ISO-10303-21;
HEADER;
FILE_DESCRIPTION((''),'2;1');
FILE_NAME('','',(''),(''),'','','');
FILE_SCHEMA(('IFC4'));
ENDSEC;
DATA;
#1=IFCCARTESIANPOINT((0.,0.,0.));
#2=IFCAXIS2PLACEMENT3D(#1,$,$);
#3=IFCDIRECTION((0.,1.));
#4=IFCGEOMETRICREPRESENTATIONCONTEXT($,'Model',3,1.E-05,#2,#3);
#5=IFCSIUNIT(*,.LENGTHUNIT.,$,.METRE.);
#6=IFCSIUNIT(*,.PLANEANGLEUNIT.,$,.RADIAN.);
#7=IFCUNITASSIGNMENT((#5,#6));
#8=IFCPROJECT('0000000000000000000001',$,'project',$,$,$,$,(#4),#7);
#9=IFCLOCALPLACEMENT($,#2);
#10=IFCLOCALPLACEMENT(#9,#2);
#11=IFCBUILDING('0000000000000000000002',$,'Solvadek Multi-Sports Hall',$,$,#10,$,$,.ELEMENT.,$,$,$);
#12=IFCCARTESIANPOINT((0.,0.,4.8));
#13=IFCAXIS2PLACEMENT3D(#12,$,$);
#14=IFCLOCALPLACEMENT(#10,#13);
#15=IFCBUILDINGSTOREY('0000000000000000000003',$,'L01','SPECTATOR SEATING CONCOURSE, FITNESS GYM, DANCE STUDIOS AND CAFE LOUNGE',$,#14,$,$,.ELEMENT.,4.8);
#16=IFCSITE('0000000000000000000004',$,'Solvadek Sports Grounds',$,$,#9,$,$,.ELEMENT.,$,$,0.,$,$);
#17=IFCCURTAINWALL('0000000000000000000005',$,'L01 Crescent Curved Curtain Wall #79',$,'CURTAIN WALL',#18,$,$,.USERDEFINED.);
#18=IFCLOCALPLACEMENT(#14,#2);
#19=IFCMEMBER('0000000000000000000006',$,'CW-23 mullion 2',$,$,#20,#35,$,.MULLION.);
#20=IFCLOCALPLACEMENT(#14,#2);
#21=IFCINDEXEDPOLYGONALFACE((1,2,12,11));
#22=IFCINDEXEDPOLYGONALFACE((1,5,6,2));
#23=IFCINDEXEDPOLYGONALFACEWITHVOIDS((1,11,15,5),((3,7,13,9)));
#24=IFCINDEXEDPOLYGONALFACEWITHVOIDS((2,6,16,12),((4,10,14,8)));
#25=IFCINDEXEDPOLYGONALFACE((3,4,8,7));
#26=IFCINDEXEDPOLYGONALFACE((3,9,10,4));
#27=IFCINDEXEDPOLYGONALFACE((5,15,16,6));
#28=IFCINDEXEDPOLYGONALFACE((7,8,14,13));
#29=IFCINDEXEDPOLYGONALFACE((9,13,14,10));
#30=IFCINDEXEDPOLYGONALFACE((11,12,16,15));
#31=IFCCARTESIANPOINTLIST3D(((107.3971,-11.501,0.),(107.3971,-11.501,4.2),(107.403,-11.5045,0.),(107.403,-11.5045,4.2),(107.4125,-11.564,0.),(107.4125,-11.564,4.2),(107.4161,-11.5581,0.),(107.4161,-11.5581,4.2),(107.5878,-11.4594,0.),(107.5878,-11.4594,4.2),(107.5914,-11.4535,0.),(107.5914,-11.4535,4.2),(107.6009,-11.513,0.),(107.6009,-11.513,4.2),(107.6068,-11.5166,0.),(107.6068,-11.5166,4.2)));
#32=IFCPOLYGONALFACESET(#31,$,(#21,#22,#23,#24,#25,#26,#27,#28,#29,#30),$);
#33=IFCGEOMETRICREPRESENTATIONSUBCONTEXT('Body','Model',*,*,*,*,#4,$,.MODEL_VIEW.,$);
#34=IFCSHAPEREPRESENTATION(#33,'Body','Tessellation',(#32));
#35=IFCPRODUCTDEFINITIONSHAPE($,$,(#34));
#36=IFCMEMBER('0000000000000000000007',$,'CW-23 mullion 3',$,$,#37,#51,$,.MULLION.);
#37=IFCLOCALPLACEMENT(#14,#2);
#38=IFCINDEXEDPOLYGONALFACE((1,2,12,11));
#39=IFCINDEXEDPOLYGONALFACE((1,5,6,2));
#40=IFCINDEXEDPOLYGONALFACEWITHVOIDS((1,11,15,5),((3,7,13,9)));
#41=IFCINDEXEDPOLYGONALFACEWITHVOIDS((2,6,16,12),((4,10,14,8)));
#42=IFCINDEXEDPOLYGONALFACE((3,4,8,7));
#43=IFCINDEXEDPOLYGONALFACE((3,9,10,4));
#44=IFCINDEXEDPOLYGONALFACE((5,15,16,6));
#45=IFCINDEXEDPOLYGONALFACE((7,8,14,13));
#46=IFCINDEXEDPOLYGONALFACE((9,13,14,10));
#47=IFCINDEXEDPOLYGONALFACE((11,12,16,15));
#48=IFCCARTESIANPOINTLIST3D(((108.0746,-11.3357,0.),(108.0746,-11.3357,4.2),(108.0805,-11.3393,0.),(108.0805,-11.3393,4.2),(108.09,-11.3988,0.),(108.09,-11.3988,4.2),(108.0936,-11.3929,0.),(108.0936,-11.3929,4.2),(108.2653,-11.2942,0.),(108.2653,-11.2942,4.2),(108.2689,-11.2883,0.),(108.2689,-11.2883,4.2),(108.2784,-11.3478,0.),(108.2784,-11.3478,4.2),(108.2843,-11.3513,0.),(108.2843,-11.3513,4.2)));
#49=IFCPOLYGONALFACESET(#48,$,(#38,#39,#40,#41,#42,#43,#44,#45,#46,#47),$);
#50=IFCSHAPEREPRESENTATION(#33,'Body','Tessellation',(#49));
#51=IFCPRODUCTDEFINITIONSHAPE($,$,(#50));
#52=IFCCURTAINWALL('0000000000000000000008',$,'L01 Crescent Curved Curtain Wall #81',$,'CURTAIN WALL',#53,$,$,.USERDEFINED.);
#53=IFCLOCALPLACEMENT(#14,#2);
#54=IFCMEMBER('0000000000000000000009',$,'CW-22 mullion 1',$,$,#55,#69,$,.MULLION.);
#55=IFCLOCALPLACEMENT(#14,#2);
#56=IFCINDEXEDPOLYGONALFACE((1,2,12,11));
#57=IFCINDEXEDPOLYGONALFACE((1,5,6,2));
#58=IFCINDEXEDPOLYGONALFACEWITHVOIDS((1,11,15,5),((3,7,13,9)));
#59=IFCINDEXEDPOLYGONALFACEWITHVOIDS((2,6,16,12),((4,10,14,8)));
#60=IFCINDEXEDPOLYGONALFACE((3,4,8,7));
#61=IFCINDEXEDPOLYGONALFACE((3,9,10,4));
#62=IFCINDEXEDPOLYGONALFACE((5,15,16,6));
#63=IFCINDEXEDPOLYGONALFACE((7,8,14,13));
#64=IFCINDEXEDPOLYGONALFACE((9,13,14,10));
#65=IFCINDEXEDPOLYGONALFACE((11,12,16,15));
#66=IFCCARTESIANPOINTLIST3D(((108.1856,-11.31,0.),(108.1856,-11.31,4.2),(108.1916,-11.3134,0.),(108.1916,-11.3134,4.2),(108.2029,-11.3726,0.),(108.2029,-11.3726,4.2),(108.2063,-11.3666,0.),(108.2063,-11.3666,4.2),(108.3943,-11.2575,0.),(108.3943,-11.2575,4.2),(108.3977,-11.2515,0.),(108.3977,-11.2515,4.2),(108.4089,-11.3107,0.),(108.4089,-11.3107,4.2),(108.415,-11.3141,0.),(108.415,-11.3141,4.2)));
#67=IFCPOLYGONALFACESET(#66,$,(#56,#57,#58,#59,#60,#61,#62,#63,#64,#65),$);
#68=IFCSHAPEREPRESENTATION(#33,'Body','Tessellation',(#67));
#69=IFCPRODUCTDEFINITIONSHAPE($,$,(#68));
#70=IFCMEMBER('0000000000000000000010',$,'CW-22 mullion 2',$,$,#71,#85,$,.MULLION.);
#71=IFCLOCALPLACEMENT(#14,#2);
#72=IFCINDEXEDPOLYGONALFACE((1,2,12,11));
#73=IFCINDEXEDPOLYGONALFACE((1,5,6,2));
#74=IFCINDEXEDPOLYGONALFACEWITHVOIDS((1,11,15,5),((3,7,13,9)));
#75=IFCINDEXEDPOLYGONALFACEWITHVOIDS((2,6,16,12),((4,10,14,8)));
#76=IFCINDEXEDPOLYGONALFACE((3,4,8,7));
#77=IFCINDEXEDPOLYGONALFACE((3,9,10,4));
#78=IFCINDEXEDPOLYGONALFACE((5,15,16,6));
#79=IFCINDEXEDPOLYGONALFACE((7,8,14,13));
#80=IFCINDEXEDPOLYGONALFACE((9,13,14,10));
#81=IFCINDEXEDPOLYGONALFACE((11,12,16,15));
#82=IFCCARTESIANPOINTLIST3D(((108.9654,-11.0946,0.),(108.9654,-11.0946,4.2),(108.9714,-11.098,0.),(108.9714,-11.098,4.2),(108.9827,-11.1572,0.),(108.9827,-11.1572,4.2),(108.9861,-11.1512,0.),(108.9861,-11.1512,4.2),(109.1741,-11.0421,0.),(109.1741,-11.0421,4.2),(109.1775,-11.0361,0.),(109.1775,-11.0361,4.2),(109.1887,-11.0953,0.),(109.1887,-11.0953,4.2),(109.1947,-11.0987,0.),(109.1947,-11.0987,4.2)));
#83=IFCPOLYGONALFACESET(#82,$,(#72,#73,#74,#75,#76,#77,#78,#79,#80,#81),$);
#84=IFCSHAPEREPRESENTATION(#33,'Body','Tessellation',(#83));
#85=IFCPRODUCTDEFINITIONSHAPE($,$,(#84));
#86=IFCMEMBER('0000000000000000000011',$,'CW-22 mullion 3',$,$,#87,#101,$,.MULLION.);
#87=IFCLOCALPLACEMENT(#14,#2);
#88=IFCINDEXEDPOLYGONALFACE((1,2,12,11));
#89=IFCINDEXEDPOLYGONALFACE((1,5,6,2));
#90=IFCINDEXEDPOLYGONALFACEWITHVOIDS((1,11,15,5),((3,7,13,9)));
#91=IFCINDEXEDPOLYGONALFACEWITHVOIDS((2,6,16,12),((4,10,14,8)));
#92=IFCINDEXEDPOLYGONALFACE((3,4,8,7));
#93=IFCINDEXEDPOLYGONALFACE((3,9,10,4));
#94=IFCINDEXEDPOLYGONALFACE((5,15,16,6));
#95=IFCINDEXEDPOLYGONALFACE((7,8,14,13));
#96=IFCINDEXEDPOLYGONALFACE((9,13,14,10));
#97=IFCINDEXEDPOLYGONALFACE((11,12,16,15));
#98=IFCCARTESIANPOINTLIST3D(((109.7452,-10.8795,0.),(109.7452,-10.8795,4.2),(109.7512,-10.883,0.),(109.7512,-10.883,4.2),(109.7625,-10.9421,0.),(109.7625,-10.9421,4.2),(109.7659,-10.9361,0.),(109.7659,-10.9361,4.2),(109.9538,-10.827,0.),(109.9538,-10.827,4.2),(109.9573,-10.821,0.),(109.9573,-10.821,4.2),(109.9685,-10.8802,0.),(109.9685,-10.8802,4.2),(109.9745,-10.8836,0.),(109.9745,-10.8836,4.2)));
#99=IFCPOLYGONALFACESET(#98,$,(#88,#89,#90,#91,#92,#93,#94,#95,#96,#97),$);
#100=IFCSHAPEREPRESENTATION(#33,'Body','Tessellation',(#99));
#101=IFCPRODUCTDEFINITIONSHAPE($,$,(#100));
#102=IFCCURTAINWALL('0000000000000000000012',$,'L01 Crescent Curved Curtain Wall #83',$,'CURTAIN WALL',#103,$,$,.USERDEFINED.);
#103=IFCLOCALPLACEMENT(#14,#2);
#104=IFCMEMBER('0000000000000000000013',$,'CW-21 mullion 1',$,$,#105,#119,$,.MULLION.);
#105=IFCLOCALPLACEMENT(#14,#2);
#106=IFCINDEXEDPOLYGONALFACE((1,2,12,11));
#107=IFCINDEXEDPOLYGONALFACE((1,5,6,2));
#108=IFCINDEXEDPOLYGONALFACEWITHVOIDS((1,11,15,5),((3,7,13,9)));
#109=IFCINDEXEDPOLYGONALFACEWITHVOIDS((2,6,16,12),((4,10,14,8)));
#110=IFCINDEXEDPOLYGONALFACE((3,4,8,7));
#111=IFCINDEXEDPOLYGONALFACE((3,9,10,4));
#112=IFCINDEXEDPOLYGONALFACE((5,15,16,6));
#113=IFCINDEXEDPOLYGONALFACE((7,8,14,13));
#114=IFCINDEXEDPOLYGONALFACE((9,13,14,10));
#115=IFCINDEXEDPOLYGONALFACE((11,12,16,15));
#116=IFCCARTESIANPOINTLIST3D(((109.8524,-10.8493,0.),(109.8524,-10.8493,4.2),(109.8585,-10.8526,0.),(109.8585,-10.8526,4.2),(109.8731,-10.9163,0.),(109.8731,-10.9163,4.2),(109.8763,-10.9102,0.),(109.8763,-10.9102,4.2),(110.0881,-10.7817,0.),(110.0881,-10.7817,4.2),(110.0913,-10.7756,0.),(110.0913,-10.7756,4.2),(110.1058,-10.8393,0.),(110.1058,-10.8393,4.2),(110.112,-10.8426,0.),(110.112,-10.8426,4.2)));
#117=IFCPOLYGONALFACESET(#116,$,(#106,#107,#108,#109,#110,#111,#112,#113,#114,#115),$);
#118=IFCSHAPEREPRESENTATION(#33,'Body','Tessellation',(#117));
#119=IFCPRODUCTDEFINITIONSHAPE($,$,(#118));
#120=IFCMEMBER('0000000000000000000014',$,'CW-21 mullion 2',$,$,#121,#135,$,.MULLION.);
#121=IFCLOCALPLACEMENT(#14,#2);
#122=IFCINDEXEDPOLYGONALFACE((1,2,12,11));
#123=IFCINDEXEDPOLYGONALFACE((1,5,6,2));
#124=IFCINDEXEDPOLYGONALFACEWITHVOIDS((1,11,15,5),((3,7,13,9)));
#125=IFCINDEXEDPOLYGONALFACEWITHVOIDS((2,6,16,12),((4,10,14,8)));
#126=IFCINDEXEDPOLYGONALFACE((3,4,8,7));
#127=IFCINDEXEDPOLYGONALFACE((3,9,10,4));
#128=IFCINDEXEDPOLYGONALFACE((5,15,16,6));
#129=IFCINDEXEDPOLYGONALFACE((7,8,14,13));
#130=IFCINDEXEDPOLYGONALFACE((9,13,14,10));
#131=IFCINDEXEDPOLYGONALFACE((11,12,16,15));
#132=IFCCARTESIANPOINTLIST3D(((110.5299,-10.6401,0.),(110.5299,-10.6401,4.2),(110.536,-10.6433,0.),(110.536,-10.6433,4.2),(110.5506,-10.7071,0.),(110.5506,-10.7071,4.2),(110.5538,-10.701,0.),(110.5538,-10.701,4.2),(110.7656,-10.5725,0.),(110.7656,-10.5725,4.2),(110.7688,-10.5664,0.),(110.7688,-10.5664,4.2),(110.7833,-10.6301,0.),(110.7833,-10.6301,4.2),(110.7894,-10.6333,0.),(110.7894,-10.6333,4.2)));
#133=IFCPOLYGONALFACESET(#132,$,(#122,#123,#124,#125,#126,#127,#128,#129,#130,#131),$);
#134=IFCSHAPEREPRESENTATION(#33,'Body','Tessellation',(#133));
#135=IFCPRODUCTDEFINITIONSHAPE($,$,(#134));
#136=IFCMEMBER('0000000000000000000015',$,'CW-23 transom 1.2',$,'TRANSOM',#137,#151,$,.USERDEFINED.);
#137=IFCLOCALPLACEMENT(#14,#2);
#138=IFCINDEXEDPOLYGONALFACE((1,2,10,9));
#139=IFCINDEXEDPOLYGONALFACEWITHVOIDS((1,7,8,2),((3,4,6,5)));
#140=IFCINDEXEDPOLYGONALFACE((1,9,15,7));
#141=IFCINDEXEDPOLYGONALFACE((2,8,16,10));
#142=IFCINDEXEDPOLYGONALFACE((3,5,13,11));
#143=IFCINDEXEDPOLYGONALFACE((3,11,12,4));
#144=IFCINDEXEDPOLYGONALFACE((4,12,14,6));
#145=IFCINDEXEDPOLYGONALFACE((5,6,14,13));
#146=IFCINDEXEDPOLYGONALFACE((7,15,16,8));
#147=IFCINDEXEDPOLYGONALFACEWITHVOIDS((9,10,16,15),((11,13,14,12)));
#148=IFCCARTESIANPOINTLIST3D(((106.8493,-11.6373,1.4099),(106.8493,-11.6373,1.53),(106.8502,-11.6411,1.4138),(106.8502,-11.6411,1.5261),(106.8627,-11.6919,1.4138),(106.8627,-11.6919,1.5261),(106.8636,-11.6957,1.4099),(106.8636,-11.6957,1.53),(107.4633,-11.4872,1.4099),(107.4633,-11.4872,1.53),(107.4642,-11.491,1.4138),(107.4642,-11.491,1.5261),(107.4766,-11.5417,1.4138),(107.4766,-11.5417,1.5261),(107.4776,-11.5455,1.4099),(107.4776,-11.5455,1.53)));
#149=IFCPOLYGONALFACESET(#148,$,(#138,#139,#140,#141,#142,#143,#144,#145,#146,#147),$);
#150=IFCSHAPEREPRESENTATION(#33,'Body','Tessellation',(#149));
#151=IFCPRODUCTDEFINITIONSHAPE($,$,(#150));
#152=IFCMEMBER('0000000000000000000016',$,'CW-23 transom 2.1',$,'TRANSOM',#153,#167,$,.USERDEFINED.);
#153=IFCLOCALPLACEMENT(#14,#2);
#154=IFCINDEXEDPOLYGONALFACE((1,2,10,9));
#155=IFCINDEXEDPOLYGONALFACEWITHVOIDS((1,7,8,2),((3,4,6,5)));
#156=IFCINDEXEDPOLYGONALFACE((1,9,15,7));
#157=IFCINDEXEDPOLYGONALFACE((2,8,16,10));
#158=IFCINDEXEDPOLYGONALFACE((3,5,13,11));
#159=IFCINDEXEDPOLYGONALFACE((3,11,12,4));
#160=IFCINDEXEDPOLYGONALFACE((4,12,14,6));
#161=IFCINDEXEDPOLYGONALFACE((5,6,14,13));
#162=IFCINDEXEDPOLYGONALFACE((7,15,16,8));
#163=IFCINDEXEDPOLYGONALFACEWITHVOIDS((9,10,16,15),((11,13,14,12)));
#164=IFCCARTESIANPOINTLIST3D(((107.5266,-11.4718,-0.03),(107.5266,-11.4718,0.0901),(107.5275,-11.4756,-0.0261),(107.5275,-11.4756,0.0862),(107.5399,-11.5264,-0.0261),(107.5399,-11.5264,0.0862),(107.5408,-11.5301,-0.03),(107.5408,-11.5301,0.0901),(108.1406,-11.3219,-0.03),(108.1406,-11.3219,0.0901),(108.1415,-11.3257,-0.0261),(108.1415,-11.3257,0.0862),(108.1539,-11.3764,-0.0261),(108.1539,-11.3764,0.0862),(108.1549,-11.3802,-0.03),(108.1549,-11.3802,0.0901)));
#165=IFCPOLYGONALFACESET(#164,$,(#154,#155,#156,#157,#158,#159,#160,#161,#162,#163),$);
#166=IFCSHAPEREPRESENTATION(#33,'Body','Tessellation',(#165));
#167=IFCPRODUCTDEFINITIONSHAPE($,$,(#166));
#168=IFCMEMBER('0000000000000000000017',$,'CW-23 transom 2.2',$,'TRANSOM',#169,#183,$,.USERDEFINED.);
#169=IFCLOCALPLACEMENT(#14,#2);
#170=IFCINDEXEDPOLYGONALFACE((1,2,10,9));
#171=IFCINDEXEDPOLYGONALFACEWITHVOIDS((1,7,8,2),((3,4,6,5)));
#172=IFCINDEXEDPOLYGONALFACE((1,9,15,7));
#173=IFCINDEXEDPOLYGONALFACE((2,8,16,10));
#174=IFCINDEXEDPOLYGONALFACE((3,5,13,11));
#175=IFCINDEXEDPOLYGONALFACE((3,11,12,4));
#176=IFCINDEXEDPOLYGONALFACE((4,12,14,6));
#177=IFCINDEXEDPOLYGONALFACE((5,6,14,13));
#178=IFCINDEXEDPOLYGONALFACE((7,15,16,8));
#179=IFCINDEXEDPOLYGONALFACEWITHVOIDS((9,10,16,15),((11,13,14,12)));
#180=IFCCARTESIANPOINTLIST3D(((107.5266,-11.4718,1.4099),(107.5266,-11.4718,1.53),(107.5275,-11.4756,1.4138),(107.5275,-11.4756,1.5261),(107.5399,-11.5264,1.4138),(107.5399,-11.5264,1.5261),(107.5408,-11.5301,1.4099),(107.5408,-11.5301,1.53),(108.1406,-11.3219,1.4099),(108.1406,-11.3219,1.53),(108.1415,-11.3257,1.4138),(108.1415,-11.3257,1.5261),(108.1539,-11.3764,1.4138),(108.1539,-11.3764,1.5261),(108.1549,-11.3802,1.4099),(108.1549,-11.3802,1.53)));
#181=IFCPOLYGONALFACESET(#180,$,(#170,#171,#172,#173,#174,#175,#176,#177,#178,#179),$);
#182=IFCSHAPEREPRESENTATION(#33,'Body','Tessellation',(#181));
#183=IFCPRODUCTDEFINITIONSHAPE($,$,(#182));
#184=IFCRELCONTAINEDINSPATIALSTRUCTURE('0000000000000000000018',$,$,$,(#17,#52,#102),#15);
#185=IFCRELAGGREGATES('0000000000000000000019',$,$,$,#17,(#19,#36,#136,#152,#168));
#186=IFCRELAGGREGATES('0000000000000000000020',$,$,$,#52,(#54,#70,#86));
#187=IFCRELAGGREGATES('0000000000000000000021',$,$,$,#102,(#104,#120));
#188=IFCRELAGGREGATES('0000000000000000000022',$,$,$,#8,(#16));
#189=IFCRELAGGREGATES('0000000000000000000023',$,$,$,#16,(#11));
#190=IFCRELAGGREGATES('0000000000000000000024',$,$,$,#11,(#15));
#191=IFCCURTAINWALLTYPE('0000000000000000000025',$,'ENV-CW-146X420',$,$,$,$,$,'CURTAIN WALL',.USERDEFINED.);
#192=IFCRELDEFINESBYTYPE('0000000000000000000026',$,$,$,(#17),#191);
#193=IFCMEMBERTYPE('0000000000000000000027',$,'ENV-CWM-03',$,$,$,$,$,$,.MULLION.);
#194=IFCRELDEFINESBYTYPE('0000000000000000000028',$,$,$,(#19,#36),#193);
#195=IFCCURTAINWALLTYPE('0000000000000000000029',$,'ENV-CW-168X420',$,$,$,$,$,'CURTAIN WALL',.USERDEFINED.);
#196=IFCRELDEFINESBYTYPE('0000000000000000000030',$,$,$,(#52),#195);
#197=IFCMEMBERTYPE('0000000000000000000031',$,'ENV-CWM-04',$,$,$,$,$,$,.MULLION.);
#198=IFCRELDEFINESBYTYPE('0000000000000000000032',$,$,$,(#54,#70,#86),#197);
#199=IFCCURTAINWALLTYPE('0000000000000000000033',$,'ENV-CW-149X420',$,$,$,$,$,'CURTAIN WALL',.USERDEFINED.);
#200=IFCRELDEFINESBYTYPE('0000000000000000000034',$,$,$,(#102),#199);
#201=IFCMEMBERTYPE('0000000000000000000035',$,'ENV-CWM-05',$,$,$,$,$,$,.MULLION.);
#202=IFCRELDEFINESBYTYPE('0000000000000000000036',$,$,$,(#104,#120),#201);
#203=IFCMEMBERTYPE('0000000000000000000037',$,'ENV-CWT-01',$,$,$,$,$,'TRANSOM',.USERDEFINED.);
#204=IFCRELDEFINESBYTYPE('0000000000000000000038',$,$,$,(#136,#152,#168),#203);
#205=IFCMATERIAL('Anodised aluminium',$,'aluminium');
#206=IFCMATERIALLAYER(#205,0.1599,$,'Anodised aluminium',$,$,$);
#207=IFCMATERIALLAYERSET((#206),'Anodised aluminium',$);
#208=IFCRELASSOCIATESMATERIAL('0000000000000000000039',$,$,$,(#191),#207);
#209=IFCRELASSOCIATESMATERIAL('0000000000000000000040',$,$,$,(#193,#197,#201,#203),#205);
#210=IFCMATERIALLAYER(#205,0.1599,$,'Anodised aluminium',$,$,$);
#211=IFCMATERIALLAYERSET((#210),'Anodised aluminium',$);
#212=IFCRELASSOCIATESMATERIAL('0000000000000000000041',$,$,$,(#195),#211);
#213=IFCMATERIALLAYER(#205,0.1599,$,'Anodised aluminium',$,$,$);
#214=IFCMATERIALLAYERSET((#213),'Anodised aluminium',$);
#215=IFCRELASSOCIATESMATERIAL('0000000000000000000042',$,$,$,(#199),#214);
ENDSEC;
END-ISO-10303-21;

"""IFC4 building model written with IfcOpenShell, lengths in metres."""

from ifc_helpers import new_model, si_unit, direction, frame, origin, origin_2d, place, context, subcontext, project, spatial, hollow_rectangle, extrude, material, layer, layer_set, material_profile, profile_set, type_object, element, aggregate, save


model = new_model("IFC4")

# Units and contexts
model_context = context("Model", 3, precision=1e-05, world=origin(), true_north=direction((0.0, 1.0)))
body_context = subcontext(model_context, "Body", "Model", "MODEL_VIEW")
ifc_project = project(units=[si_unit("LENGTHUNIT", "METRE"), si_unit("PLANEANGLEUNIT", "RADIAN")], contexts=[model_context])

# Site, building, storey
site_placement = place(None, origin())
site = spatial("IfcSite", under=ifc_project, at=site_placement, Name="Solvadek Sports Grounds", CompositionType="ELEMENT", RefElevation=0.0)
building_placement = place(site_placement, origin())
building = spatial("IfcBuilding", under=site, at=building_placement, Name="Solvadek Multi-Sports Hall", CompositionType="ELEMENT")
storey_placement = place(building_placement, frame((0.0, 0.0, 4.8)))
storey = spatial("IfcBuildingStorey", under=building, at=storey_placement, Name="L01", Description="SPECTATOR SEATING CONCOURSE, FITNESS GYM, DANCE STUDIOS AND CAFE LOUNGE", CompositionType="ELEMENT", Elevation=4.8)

# Curtain walls, members
ifc_material_1 = material(Name="Anodised aluminium", Category="aluminium")
ifc_layer_1 = layer(ifc_material_1, 0.1599, Name="Anodised aluminium")
ifc_layer_set_1 = layer_set([ifc_layer_1], Name="Anodised aluminium")
curtain_wall_type_1 = type_object("IfcCurtainWallType", Name="ENV-CW-146X420", ElementType="CURTAIN WALL", PredefinedType="USERDEFINED", material=ifc_layer_set_1)
curtain_wall_1_placement = place(storey_placement, origin())
curtain_wall_1 = element("IfcCurtainWall", 1, at=curtain_wall_1_placement, inside=storey, type_object=curtain_wall_type_1, Name="L01 Crescent Curved Curtain Wall #79", ObjectType="CURTAIN WALL", PredefinedType="USERDEFINED")
ifc_material_profile_1 = material_profile(ifc_material_1, hollow_rectangle(XDim=0.0649, YDim=0.2, WallThickness=0.0049, at=origin_2d()), Name="ALU-M 200x65x5")
ifc_profile_set_1 = profile_set([ifc_material_profile_1], Name="Anodised aluminium")
member_type_1 = type_object("IfcMemberType", Name="ENV-CWM-03", PredefinedType="MULLION", material=ifc_profile_set_1)
member_1_placement = place(storey_placement, frame((107.502, -11.5088, 0.0), z_axis=(0.0, 0.0, 1.0), x_axis=(-0.237163, 0.97147, 0.0)))
member_1 = element("IfcMember", 2, at=member_1_placement, type_object=member_type_1, Name="CW-23 mullion 2", PredefinedType="MULLION", context=body_context, shape_type="SweptSolid", body=[
    extrude(hollow_rectangle(XDim=0.0649, YDim=0.2, WallThickness=0.0049, at=origin_2d()), origin(), (0.0, 0.0, 1.0), 4.2),
])
member_2_placement = place(storey_placement, frame((108.1794, -11.3435, 0.0), z_axis=(0.0, 0.0, 1.0), x_axis=(-0.237163, 0.97147, 0.0)))
member_2 = element("IfcMember", 3, at=member_2_placement, type_object=member_type_1, Name="CW-23 mullion 3", PredefinedType="MULLION", context=body_context, shape_type="SweptSolid", body=[
    extrude(hollow_rectangle(XDim=0.0649, YDim=0.2, WallThickness=0.0049, at=origin_2d()), origin(), (0.0, 0.0, 1.0), 4.2),
])
ifc_layer_2 = layer(ifc_material_1, 0.1599, Name="Anodised aluminium")
ifc_layer_set_2 = layer_set([ifc_layer_2], Name="Anodised aluminium")
curtain_wall_type_2 = type_object("IfcCurtainWallType", Name="ENV-CW-168X420", ElementType="CURTAIN WALL", PredefinedType="USERDEFINED", material=ifc_layer_set_2)
curtain_wall_2_placement = place(storey_placement, origin())
curtain_wall_2 = element("IfcCurtainWall", 4, at=curtain_wall_2_placement, inside=storey, type_object=curtain_wall_type_2, Name="L01 Crescent Curved Curtain Wall #81", ObjectType="CURTAIN WALL", PredefinedType="USERDEFINED")
ifc_material_profile_2 = material_profile(ifc_material_1, hollow_rectangle(XDim=0.0649, YDim=0.22, WallThickness=0.0049, at=origin_2d()), Name="ALU-M 220x65x5")
ifc_profile_set_2 = profile_set([ifc_material_profile_2], Name="Anodised aluminium")
member_type_2 = type_object("IfcMemberType", Name="ENV-CWM-04", PredefinedType="MULLION", material=ifc_profile_set_2)
member_3_placement = place(storey_placement, frame((108.3003, -11.312, 0.0), z_axis=(0.0, 0.0, 1.0), x_axis=(-0.265982, 0.963978, 0.0)))
member_3 = element("IfcMember", 5, at=member_3_placement, type_object=member_type_2, Name="CW-22 mullion 1", PredefinedType="MULLION", context=body_context, shape_type="SweptSolid", body=[
    extrude(hollow_rectangle(XDim=0.0649, YDim=0.22, WallThickness=0.0049, at=origin_2d()), origin(), (0.0, 0.0, 1.0), 4.2),
])
member_4_placement = place(storey_placement, frame((109.0801, -11.0967, 0.0), z_axis=(0.0, 0.0, 1.0), x_axis=(-0.265982, 0.963978, 0.0)))
member_4 = element("IfcMember", 6, at=member_4_placement, type_object=member_type_2, Name="CW-22 mullion 2", PredefinedType="MULLION", context=body_context, shape_type="SweptSolid", body=[
    extrude(hollow_rectangle(XDim=0.0649, YDim=0.22, WallThickness=0.0049, at=origin_2d()), origin(), (0.0, 0.0, 1.0), 4.2),
])
member_5_placement = place(storey_placement, frame((109.8599, -10.8816, 0.0), z_axis=(0.0, 0.0, 1.0), x_axis=(-0.265982, 0.963978, 0.0)))
member_5 = element("IfcMember", 7, at=member_5_placement, type_object=member_type_2, Name="CW-22 mullion 3", PredefinedType="MULLION", context=body_context, shape_type="SweptSolid", body=[
    extrude(hollow_rectangle(XDim=0.0649, YDim=0.22, WallThickness=0.0049, at=origin_2d()), origin(), (0.0, 0.0, 1.0), 4.2),
])
ifc_layer_3 = layer(ifc_material_1, 0.1599, Name="Anodised aluminium")
ifc_layer_set_3 = layer_set([ifc_layer_3], Name="Anodised aluminium")
curtain_wall_type_3 = type_object("IfcCurtainWallType", Name="ENV-CW-149X420", ElementType="CURTAIN WALL", PredefinedType="USERDEFINED", material=ifc_layer_set_3)
curtain_wall_3_placement = place(storey_placement, origin())
curtain_wall_3 = element("IfcCurtainWall", 8, at=curtain_wall_3_placement, inside=storey, type_object=curtain_wall_type_3, Name="L01 Crescent Curved Curtain Wall #83", ObjectType="CURTAIN WALL", PredefinedType="USERDEFINED")
ifc_material_profile_3 = material_profile(ifc_material_1, hollow_rectangle(XDim=0.0701, YDim=0.25, WallThickness=0.0049, at=origin_2d()), Name="ALU-M 250x70x5")
ifc_profile_set_3 = profile_set([ifc_material_profile_3], Name="Anodised aluminium")
member_type_3 = type_object("IfcMemberType", Name="ENV-CWM-05", PredefinedType="MULLION", material=ifc_profile_set_3)
member_6_placement = place(storey_placement, frame((109.9822, -10.8459, 0.0), z_axis=(0.0, 0.0, 1.0), x_axis=(-0.294922, 0.955521, 0.0)))
member_6 = element("IfcMember", 9, at=member_6_placement, type_object=member_type_3, Name="CW-21 mullion 1", PredefinedType="MULLION", context=body_context, shape_type="SweptSolid", body=[
    extrude(hollow_rectangle(XDim=0.0701, YDim=0.25, WallThickness=0.0049, at=origin_2d()), origin(), (0.0, 0.0, 1.0), 4.2),
])
member_7_placement = place(storey_placement, frame((110.6597, -10.6367, 0.0), z_axis=(0.0, 0.0, 1.0), x_axis=(-0.294922, 0.955521, 0.0)))
member_7 = element("IfcMember", 10, at=member_7_placement, type_object=member_type_3, Name="CW-21 mullion 2", PredefinedType="MULLION", context=body_context, shape_type="SweptSolid", body=[
    extrude(hollow_rectangle(XDim=0.0701, YDim=0.25, WallThickness=0.0049, at=origin_2d()), origin(), (0.0, 0.0, 1.0), 4.2),
])

# Members
ifc_material_profile_4 = material_profile(ifc_material_1, hollow_rectangle(XDim=0.0601, YDim=0.1201, WallThickness=0.0039, at=origin_2d()), Name="ALU-T 120x60x4")
ifc_profile_set_4 = profile_set([ifc_material_profile_4], Name="Anodised aluminium")
member_type_4 = type_object("IfcMemberType", Name="ENV-CWT-01", ElementType="TRANSOM", PredefinedType="USERDEFINED", material=ifc_profile_set_4)
member_8_placement = place(storey_placement, frame((106.8564, -11.6665, 1.47), z_axis=(0.971379, 0.237534, 0.0), x_axis=(-0.237534, 0.971379, 0.0)))
member_8 = element("IfcMember", 11, at=member_8_placement, type_object=member_type_4, Name="CW-23 transom 1.2", ObjectType="TRANSOM", PredefinedType="USERDEFINED", context=body_context, shape_type="SweptSolid", body=[
    extrude(hollow_rectangle(XDim=0.0601, YDim=0.1201, WallThickness=0.0039, at=origin_2d()), origin(), (0.0, 0.0, 1.0), 0.6321),
])
member_9_placement = place(storey_placement, frame((107.5337, -11.501, 0.03), z_axis=(0.971468, 0.23717, 0.0), x_axis=(-0.23717, 0.971468, 0.0)))
member_9 = element("IfcMember", 12, at=member_9_placement, type_object=member_type_4, Name="CW-23 transom 2.1", ObjectType="TRANSOM", PredefinedType="USERDEFINED", context=body_context, shape_type="SweptSolid", body=[
    extrude(hollow_rectangle(XDim=0.0601, YDim=0.1201, WallThickness=0.0039, at=origin_2d()), origin(), (0.0, 0.0, 1.0), 0.6321),
])
member_10_placement = place(storey_placement, frame((107.5337, -11.501, 1.47), z_axis=(0.971468, 0.23717, 0.0), x_axis=(-0.23717, 0.971468, 0.0)))
member_10 = element("IfcMember", 13, at=member_10_placement, type_object=member_type_4, Name="CW-23 transom 2.2", ObjectType="TRANSOM", PredefinedType="USERDEFINED", context=body_context, shape_type="SweptSolid", body=[
    extrude(hollow_rectangle(XDim=0.0601, YDim=0.1201, WallThickness=0.0039, at=origin_2d()), origin(), (0.0, 0.0, 1.0), 0.6321),
])

aggregate(curtain_wall_1, [member_1, member_2, member_8, member_9, member_10])
aggregate(curtain_wall_2, [member_3, member_4, member_5])
aggregate(curtain_wall_3, [member_6, member_7])

save(model, "model.ifc")
